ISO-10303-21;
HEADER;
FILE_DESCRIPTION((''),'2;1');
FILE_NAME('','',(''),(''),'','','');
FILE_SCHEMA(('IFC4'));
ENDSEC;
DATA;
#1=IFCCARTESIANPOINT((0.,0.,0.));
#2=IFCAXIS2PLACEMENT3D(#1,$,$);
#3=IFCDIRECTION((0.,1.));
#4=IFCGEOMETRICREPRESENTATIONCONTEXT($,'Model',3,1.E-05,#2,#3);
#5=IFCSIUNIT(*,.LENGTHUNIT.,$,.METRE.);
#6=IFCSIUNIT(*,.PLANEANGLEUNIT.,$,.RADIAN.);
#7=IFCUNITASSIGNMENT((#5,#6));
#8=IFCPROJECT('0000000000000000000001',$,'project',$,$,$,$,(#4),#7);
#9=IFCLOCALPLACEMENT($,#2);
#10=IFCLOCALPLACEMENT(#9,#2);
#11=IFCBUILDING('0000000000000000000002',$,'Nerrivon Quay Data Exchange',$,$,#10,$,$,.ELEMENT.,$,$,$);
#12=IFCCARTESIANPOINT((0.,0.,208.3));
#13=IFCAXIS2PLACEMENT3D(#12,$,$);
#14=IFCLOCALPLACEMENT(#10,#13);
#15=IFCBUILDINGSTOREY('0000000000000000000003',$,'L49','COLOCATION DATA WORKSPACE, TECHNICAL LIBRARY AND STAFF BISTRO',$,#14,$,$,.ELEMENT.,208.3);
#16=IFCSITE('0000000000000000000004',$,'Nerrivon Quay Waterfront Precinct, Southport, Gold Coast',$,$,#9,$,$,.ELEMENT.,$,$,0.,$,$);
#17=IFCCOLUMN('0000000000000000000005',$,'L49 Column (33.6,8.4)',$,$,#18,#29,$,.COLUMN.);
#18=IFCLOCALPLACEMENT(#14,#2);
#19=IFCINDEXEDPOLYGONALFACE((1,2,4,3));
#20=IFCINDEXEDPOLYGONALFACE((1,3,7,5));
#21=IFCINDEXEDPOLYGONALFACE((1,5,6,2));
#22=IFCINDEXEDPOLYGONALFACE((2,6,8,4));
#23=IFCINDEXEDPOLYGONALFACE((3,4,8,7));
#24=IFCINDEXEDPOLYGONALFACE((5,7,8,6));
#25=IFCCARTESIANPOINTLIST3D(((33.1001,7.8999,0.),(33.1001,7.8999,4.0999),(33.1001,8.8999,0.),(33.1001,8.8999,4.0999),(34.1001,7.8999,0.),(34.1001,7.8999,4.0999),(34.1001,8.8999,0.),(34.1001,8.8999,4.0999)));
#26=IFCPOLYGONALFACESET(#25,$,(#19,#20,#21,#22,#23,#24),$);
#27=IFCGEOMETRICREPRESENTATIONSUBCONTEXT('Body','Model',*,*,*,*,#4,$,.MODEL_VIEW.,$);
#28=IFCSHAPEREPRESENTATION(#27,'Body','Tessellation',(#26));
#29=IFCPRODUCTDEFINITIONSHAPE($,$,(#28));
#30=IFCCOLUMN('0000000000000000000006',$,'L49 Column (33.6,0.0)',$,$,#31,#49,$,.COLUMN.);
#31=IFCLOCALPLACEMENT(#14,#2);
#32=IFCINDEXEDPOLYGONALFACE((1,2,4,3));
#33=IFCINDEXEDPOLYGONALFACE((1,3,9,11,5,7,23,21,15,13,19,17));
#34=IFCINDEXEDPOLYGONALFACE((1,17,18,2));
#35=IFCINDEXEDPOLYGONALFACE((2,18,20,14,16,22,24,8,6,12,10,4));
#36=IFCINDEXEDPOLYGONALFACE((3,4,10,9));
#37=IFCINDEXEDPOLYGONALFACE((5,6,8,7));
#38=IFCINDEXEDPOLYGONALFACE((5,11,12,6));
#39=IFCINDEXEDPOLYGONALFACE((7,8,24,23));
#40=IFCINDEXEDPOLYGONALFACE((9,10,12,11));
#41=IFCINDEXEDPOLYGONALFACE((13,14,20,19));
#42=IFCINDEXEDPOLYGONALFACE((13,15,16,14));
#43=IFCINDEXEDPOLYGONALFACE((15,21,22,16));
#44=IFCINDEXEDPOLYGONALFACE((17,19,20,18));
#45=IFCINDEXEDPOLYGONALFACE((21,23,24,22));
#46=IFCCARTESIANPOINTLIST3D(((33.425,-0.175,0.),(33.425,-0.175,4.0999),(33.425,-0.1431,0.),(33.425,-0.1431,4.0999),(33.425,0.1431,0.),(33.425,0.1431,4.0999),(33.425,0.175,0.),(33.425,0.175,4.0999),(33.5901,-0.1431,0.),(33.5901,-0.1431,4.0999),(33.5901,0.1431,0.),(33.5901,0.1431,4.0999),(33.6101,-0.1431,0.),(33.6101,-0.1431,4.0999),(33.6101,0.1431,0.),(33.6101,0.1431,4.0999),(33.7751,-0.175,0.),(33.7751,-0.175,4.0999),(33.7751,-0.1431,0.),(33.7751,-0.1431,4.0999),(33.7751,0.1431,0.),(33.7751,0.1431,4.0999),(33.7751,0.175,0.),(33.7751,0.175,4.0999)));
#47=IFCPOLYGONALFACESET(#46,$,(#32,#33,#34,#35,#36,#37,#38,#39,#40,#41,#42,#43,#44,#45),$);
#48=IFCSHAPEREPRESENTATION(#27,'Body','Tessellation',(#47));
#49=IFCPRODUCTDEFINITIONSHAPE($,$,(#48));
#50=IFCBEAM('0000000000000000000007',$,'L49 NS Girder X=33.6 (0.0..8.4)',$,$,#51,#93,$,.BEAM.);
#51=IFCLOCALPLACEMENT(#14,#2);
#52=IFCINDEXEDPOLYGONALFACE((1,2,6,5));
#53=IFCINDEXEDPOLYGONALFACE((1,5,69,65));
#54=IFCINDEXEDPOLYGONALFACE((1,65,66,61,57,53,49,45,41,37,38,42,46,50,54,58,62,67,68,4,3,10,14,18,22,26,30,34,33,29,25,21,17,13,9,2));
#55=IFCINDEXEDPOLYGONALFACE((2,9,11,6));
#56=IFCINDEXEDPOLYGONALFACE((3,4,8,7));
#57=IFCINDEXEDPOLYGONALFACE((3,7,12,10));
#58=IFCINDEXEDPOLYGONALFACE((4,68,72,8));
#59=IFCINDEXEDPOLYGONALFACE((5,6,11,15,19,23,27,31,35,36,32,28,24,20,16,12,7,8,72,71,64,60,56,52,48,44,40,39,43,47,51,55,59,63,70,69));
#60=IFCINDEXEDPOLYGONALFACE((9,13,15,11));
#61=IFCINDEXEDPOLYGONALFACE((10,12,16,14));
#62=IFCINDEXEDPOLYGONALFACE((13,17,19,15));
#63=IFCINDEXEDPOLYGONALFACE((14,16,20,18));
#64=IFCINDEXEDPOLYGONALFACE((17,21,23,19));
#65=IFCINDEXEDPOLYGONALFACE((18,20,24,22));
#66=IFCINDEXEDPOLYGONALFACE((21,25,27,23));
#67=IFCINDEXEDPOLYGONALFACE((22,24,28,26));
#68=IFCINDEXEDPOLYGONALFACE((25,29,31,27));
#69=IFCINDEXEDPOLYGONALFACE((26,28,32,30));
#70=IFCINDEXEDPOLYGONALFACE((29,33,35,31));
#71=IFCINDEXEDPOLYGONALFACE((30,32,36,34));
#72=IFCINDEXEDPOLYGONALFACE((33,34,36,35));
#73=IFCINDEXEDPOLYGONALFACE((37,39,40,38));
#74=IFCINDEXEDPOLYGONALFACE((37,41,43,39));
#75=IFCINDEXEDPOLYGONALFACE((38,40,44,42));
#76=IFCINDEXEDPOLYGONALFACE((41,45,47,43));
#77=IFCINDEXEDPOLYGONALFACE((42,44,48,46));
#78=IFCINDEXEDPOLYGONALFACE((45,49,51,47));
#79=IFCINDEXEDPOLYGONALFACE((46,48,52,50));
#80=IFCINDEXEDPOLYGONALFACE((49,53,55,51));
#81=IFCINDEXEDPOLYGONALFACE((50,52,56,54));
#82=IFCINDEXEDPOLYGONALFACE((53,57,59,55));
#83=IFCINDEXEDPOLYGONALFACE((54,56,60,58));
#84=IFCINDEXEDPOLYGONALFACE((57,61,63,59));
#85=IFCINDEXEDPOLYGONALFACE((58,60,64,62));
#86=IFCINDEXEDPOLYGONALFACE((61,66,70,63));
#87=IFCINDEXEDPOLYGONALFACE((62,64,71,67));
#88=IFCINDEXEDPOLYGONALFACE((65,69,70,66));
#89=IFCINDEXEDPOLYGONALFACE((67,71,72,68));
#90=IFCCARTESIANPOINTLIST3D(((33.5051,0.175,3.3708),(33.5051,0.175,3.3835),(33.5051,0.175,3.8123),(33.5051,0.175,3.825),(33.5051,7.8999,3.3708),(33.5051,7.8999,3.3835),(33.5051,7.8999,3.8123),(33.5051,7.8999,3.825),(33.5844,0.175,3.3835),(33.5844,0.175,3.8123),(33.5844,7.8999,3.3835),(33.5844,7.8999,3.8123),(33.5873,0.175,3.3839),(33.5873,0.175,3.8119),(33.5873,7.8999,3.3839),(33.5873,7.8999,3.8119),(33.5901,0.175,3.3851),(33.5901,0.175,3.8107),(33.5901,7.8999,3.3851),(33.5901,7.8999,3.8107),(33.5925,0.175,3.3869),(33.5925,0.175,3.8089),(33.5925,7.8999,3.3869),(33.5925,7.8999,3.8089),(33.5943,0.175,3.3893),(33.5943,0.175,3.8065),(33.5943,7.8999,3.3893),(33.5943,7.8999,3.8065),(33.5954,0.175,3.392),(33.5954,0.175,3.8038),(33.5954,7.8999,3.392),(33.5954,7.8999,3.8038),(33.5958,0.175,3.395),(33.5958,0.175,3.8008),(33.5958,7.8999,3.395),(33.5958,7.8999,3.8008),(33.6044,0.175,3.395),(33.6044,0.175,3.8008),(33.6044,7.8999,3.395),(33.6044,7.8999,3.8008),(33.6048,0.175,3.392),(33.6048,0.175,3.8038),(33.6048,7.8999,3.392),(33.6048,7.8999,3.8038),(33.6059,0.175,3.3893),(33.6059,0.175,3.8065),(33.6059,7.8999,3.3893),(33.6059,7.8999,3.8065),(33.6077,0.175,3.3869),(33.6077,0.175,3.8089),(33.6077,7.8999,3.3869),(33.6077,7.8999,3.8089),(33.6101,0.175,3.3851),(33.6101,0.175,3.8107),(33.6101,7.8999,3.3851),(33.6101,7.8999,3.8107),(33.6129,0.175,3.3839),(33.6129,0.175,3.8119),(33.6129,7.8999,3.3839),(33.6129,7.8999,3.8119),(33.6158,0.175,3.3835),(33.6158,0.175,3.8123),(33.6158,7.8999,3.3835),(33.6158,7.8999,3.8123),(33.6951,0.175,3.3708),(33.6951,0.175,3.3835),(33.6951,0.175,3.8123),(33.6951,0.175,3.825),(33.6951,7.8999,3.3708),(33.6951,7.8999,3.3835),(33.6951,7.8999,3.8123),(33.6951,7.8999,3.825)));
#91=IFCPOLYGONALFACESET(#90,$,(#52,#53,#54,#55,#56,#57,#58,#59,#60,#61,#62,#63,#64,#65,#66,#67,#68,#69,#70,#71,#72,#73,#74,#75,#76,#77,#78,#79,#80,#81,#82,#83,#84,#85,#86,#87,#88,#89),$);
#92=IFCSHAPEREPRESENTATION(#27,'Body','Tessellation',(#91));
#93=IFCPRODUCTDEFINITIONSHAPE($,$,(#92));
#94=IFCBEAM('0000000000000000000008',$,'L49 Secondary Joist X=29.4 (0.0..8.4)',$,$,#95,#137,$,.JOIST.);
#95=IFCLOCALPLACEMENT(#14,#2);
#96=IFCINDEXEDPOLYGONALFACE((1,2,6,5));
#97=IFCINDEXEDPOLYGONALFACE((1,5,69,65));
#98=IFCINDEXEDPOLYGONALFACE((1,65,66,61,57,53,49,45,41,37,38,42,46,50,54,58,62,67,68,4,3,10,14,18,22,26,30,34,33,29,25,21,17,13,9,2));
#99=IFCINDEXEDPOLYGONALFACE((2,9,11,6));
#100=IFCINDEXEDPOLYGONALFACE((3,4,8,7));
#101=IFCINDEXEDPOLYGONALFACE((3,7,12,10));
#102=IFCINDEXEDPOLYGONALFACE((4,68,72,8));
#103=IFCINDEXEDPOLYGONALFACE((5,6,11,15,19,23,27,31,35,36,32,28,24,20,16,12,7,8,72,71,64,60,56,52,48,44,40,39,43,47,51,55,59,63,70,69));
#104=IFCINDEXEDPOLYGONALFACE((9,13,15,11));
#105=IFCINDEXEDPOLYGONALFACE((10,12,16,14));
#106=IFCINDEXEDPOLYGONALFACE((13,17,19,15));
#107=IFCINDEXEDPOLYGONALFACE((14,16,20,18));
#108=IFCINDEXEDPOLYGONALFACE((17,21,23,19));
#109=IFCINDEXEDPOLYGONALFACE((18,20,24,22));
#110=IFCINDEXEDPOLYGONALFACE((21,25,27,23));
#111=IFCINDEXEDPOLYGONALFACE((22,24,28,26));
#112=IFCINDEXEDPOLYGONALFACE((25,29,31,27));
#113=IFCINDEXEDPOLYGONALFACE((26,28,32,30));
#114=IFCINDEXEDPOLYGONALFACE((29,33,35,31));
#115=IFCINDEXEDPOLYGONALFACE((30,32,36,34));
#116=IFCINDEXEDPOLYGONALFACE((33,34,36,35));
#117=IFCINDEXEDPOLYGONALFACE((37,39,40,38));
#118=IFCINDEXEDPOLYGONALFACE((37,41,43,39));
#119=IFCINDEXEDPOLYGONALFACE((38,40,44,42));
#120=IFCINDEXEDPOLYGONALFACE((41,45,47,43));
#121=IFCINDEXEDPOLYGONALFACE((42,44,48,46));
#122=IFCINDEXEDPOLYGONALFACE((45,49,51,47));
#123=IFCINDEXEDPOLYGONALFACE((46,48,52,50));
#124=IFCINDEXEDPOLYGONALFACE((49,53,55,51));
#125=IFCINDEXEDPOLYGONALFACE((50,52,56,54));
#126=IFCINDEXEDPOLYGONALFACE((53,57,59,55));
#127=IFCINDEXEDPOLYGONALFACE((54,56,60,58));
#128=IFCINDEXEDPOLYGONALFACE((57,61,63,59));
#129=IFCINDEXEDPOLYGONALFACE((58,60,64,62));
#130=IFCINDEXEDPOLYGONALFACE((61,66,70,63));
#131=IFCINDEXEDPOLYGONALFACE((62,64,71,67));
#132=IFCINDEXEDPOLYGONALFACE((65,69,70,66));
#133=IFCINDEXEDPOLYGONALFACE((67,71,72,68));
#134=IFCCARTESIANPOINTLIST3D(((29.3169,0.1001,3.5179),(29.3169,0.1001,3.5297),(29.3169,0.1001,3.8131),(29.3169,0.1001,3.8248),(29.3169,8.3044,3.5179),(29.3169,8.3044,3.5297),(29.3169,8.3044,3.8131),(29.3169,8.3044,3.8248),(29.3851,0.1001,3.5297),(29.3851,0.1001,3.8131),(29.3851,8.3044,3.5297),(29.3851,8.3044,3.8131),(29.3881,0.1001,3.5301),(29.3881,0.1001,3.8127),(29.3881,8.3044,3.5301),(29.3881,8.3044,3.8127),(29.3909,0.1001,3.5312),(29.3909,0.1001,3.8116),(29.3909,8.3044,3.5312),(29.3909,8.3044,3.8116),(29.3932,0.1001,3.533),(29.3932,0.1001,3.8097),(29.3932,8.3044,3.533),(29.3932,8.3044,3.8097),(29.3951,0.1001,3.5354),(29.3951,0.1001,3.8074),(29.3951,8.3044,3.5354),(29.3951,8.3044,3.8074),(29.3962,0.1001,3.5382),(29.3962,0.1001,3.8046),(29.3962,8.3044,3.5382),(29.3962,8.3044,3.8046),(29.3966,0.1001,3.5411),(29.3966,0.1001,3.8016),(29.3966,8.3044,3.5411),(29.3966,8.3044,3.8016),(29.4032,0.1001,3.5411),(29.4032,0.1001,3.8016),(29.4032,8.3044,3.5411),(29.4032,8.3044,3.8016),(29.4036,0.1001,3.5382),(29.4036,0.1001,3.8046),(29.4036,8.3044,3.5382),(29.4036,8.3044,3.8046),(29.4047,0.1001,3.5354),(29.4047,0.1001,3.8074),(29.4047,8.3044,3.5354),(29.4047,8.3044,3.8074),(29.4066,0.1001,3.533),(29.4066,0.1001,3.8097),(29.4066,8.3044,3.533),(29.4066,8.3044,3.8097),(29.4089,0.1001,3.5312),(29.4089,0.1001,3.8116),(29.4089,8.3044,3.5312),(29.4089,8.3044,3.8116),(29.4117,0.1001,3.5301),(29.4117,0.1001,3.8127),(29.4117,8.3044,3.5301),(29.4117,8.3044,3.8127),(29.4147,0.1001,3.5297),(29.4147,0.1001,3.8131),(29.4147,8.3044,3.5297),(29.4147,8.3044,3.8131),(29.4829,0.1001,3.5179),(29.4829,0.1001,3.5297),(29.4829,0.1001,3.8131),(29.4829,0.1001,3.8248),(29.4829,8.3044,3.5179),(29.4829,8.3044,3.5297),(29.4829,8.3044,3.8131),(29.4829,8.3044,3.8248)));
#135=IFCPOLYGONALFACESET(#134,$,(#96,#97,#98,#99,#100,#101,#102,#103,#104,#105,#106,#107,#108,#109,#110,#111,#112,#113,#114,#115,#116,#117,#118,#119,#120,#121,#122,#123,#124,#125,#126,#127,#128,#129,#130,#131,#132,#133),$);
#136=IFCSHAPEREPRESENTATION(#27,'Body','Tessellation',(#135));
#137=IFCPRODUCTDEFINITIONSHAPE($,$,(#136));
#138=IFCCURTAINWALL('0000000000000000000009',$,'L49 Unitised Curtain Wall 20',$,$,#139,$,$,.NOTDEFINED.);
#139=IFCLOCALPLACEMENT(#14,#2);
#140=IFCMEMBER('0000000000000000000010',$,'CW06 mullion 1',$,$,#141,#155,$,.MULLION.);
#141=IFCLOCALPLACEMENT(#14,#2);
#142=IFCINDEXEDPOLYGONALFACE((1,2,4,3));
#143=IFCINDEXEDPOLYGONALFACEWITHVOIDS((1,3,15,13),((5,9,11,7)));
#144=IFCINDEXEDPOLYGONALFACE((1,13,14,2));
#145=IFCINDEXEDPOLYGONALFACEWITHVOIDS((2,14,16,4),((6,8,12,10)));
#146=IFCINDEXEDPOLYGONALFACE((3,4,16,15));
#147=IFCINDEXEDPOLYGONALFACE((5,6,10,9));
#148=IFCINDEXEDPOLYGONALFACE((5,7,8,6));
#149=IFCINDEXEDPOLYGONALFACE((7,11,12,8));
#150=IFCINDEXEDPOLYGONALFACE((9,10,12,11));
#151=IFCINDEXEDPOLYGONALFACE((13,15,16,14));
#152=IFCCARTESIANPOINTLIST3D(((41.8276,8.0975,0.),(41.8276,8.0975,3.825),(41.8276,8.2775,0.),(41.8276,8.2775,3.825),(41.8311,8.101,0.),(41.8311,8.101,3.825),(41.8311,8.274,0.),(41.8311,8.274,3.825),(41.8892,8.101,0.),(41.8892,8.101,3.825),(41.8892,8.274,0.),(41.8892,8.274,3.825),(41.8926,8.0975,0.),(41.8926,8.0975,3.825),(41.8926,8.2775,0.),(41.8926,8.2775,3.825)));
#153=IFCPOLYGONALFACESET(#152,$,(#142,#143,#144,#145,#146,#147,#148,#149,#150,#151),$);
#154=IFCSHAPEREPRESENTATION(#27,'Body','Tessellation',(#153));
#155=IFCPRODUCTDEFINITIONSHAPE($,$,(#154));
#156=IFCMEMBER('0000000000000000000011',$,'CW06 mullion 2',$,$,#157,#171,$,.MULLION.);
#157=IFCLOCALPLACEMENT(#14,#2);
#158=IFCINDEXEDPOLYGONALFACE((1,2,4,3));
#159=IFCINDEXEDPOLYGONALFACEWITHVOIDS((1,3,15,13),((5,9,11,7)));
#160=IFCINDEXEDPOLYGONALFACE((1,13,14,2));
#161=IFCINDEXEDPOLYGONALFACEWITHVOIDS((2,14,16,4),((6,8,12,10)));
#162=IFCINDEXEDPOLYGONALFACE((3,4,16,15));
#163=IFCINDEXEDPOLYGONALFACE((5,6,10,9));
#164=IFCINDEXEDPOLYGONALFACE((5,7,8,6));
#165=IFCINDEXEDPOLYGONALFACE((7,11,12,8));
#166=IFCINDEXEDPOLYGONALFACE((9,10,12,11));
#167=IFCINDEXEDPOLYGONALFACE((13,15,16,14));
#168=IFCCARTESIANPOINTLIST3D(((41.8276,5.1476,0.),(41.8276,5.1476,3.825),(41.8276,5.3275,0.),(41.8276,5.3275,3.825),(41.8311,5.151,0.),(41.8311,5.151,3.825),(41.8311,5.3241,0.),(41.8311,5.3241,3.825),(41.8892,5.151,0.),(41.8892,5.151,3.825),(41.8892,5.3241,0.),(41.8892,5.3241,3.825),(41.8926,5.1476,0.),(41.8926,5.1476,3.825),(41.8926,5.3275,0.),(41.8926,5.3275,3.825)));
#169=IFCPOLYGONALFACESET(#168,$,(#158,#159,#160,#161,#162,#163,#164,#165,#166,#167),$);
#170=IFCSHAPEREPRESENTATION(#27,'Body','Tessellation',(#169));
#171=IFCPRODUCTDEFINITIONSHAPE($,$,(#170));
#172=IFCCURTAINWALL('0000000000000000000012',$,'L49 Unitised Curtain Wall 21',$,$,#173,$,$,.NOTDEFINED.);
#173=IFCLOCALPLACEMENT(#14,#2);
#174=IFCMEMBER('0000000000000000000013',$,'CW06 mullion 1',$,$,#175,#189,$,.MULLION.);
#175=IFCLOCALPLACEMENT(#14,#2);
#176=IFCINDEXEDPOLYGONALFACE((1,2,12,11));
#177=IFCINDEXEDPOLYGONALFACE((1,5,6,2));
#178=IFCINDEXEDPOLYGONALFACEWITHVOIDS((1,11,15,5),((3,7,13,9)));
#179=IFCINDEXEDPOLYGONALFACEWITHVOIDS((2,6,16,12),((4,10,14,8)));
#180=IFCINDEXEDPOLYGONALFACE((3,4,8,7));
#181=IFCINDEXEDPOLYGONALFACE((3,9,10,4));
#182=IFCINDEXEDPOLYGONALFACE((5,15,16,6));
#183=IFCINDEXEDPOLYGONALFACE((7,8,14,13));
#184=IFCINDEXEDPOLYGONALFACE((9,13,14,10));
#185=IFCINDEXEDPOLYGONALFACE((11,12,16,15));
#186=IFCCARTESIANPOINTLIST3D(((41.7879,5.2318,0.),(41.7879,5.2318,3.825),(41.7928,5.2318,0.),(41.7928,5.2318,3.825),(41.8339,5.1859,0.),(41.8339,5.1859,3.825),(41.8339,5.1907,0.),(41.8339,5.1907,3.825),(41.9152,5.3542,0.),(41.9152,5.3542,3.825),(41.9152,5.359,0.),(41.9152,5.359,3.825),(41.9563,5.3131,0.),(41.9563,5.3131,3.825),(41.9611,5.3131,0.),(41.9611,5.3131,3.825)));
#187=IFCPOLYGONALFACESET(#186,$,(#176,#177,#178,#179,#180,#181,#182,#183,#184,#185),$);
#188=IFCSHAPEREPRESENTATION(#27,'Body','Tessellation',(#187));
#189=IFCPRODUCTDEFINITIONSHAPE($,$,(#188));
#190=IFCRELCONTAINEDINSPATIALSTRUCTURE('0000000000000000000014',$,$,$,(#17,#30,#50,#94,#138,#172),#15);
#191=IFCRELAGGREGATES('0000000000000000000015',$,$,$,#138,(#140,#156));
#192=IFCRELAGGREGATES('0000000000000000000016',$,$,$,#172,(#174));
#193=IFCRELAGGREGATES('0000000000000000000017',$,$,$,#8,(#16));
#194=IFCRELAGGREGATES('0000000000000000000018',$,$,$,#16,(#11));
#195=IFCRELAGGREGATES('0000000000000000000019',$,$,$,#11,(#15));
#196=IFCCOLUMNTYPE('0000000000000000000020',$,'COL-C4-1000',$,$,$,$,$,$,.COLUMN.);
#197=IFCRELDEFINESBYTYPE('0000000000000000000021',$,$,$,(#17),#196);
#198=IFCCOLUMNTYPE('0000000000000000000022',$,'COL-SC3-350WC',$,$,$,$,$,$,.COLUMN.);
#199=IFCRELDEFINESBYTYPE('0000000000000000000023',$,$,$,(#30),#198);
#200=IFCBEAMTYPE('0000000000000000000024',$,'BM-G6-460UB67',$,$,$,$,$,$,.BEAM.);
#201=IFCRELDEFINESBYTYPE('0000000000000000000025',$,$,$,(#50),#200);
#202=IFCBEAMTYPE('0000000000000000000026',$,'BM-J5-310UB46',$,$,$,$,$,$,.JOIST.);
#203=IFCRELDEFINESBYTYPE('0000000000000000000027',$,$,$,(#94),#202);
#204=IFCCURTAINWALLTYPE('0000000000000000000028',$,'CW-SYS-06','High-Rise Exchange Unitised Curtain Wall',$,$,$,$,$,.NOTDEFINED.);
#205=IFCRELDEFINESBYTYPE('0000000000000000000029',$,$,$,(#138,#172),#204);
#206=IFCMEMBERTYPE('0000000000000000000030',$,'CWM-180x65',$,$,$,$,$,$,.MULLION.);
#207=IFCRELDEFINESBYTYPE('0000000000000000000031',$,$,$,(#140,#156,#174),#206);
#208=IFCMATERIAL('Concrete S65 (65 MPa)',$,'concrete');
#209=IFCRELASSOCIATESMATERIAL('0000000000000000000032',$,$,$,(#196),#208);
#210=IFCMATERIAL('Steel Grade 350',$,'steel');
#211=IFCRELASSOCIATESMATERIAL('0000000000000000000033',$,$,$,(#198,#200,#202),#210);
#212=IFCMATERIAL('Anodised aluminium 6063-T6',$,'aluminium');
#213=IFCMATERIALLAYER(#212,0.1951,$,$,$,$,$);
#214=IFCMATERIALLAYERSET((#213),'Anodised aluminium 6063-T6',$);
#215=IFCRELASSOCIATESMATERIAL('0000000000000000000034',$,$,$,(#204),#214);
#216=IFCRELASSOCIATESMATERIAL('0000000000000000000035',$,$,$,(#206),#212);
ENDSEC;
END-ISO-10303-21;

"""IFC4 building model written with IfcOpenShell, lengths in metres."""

from ifc_helpers import new_model, si_unit, direction, frame, origin, origin_2d, place, context, subcontext, project, spatial, rectangle, hollow_rectangle, i_section, extrude, material, layer, layer_set, material_profile, profile_set, type_object, element, aggregate, save


model = new_model("IFC4")

# Units and contexts
model_context = context("Model", 3, precision=1e-05, world=origin(), true_north=direction((0.0, 1.0)))
body_context = subcontext(model_context, "Body", "Model", "MODEL_VIEW")
ifc_project = project(units=[si_unit("LENGTHUNIT", "METRE"), si_unit("PLANEANGLEUNIT", "RADIAN")], contexts=[model_context])

# Site, building, storey
site_placement = place(None, origin())
site = spatial("IfcSite", under=ifc_project, at=site_placement, Name="Nerrivon Quay Waterfront Precinct, Southport, Gold Coast", CompositionType="ELEMENT", RefElevation=0.0)
building_placement = place(site_placement, origin())
building = spatial("IfcBuilding", under=site, at=building_placement, Name="Nerrivon Quay Data Exchange", CompositionType="ELEMENT")
storey_placement = place(building_placement, frame((0.0, 0.0, 208.3)))
storey = spatial("IfcBuildingStorey", under=building, at=storey_placement, Name="L49", Description="COLOCATION DATA WORKSPACE, TECHNICAL LIBRARY AND STAFF BISTRO", CompositionType="ELEMENT", Elevation=208.3)

# Columns
ifc_material_1 = material(Name="Concrete S65 (65 MPa)", Category="concrete")
ifc_material_profile_1 = material_profile(ifc_material_1, rectangle(XDim=1.0, YDim=1.0, at=origin_2d()), Name="RC-COL-1000x1000")
ifc_profile_set_1 = profile_set([ifc_material_profile_1], Name="Concrete S65 (65 MPa)")
column_type_1 = type_object("IfcColumnType", Name="COL-C4-1000", PredefinedType="COLUMN", material=ifc_profile_set_1)
column_1_placement = place(storey_placement, frame((33.6001, 8.3999, 0.0), z_axis=(0.0, 0.0, 1.0), x_axis=(1.0, 0.0, 0.0)))
element("IfcColumn", 1, at=column_1_placement, inside=storey, type_object=column_type_1, Name="L49 Column (33.6,8.4)", PredefinedType="COLUMN", context=body_context, shape_type="SweptSolid", body=[
    extrude(rectangle(XDim=1.0, YDim=1.0, at=origin_2d()), origin(), (0.0, 0.0, 1.0), 4.0999),
])
ifc_material_2 = material(Name="Steel Grade 350", Category="steel")
ifc_material_profile_2 = material_profile(ifc_material_2, i_section(OverallWidth=0.3501, OverallDepth=0.3501, WebThickness=0.02, FlangeThickness=0.032, at=origin_2d()), Name="350WC230")
ifc_profile_set_2 = profile_set([ifc_material_profile_2], Name="Steel Grade 350")
column_type_2 = type_object("IfcColumnType", Name="COL-SC3-350WC", PredefinedType="COLUMN", material=ifc_profile_set_2)
column_2_placement = place(storey_placement, frame((33.6001, 0.0, 0.0), z_axis=(0.0, 0.0, 1.0), x_axis=(1.0, 0.0, 0.0)))
element("IfcColumn", 2, at=column_2_placement, inside=storey, type_object=column_type_2, Name="L49 Column (33.6,0.0)", PredefinedType="COLUMN", context=body_context, shape_type="SweptSolid", body=[
    extrude(i_section(OverallWidth=0.3501, OverallDepth=0.3501, WebThickness=0.02, FlangeThickness=0.032, at=origin_2d()), origin(), (0.0, 0.0, 1.0), 4.0999),
])

# Beams
ifc_material_profile_3 = material_profile(ifc_material_2, i_section(OverallWidth=0.1899, OverallDepth=0.4541, WebThickness=0.0085, FlangeThickness=0.0127, FilletRadius=0.0115, at=origin_2d()), Name="460UB67.1")
ifc_profile_set_3 = profile_set([ifc_material_profile_3], Name="Steel Grade 350")
beam_type_1 = type_object("IfcBeamType", Name="BM-G6-460UB67", PredefinedType="BEAM", material=ifc_profile_set_3)
beam_1_placement = place(storey_placement, frame((33.6001, 0.175, 3.5979), z_axis=(0.0, 1.0, 0.0), x_axis=(-1.0, 0.0, 0.0)))
element("IfcBeam", 3, at=beam_1_placement, inside=storey, type_object=beam_type_1, Name="L49 NS Girder X=33.6 (0.0..8.4)", PredefinedType="BEAM", context=body_context, shape_type="SweptSolid", body=[
    extrude(i_section(OverallWidth=0.1899, OverallDepth=0.4541, WebThickness=0.0085, FlangeThickness=0.0127, FilletRadius=0.0115, at=origin_2d()), origin(), (0.0, 0.0, 1.0), 7.7249),
])
ifc_material_profile_4 = material_profile(ifc_material_2, i_section(OverallWidth=0.166, OverallDepth=0.3069, WebThickness=0.0066, FlangeThickness=0.0117, FilletRadius=0.0115, at=origin_2d()), Name="310UB46.2")
ifc_profile_set_4 = profile_set([ifc_material_profile_4], Name="Steel Grade 350")
beam_type_2 = type_object("IfcBeamType", Name="BM-J5-310UB46", PredefinedType="JOIST", material=ifc_profile_set_4)
beam_2_placement = place(storey_placement, frame((29.3999, 0.1001, 3.6714), z_axis=(0.0, 1.0, 0.0), x_axis=(-1.0, 0.0, 0.0)))
element("IfcBeam", 4, at=beam_2_placement, inside=storey, type_object=beam_type_2, Name="L49 Secondary Joist X=29.4 (0.0..8.4)", PredefinedType="JOIST", context=body_context, shape_type="SweptSolid", body=[
    extrude(i_section(OverallWidth=0.166, OverallDepth=0.3069, WebThickness=0.0066, FlangeThickness=0.0117, FilletRadius=0.0115, at=origin_2d()), origin(), (0.0, 0.0, 1.0), 8.2043),
])

# Curtain walls, members
ifc_material_3 = material(Name="Anodised aluminium 6063-T6", Category="aluminium")
ifc_layer_1 = layer(ifc_material_3, 0.1951)
ifc_layer_set_1 = layer_set([ifc_layer_1], Name="Anodised aluminium 6063-T6")
curtain_wall_type = type_object("IfcCurtainWallType", Name="CW-SYS-06", Description="High-Rise Exchange Unitised Curtain Wall", PredefinedType="NOTDEFINED", material=ifc_layer_set_1)
curtain_wall_1_placement = place(storey_placement, origin())
curtain_wall_1 = element("IfcCurtainWall", 5, at=curtain_wall_1_placement, inside=storey, type_object=curtain_wall_type, Name="L49 Unitised Curtain Wall 20", PredefinedType="NOTDEFINED")
ifc_material_profile_5 = material_profile(ifc_material_3, hollow_rectangle(XDim=0.0649, YDim=0.1799, WallThickness=0.0034, at=origin_2d()), Name="ALU-MULL-180x65")
ifc_profile_set_5 = profile_set([ifc_material_profile_5], Name="Anodised aluminium 6063-T6")
member_type_1 = type_object("IfcMemberType", Name="CWM-180x65", PredefinedType="MULLION", material=ifc_profile_set_5)
member_1_placement = place(storey_placement, frame((41.8601, 8.1875, 0.0), z_axis=(0.0, 0.0, 1.0), x_axis=(1.0, 0.0, 0.0)))
member_1 = element("IfcMember", 6, at=member_1_placement, type_object=member_type_1, Name="CW06 mullion 1", PredefinedType="MULLION", context=body_context, shape_type="SweptSolid", body=[
    extrude(hollow_rectangle(XDim=0.0649, YDim=0.1799, WallThickness=0.0034, at=origin_2d()), origin(), (0.0, 0.0, 1.0), 3.825),
])
member_2_placement = place(storey_placement, frame((41.8601, 5.2375, 0.0), z_axis=(0.0, 0.0, 1.0), x_axis=(1.0, 0.0, 0.0)))
member_2 = element("IfcMember", 7, at=member_2_placement, type_object=member_type_1, Name="CW06 mullion 2", PredefinedType="MULLION", context=body_context, shape_type="SweptSolid", body=[
    extrude(hollow_rectangle(XDim=0.0649, YDim=0.1799, WallThickness=0.0034, at=origin_2d()), origin(), (0.0, 0.0, 1.0), 3.825),
])
curtain_wall_2_placement = place(storey_placement, origin())
curtain_wall_2 = element("IfcCurtainWall", 8, at=curtain_wall_2_placement, inside=storey, type_object=curtain_wall_type, Name="L49 Unitised Curtain Wall 21", PredefinedType="NOTDEFINED")
member_3_placement = place(storey_placement, frame((41.8745, 5.2725, 0.0), z_axis=(0.0, 0.0, 1.0), x_axis=(0.707107, -0.707107, 0.0)))
member_3 = element("IfcMember", 9, at=member_3_placement, type_object=member_type_1, Name="CW06 mullion 1", PredefinedType="MULLION", context=body_context, shape_type="SweptSolid", body=[
    extrude(hollow_rectangle(XDim=0.0649, YDim=0.1799, WallThickness=0.0034, at=origin_2d()), origin(), (0.0, 0.0, 1.0), 3.825),
])

aggregate(curtain_wall_1, [member_1, member_2])
aggregate(curtain_wall_2, [member_3])

save(model, "model.ifc")
